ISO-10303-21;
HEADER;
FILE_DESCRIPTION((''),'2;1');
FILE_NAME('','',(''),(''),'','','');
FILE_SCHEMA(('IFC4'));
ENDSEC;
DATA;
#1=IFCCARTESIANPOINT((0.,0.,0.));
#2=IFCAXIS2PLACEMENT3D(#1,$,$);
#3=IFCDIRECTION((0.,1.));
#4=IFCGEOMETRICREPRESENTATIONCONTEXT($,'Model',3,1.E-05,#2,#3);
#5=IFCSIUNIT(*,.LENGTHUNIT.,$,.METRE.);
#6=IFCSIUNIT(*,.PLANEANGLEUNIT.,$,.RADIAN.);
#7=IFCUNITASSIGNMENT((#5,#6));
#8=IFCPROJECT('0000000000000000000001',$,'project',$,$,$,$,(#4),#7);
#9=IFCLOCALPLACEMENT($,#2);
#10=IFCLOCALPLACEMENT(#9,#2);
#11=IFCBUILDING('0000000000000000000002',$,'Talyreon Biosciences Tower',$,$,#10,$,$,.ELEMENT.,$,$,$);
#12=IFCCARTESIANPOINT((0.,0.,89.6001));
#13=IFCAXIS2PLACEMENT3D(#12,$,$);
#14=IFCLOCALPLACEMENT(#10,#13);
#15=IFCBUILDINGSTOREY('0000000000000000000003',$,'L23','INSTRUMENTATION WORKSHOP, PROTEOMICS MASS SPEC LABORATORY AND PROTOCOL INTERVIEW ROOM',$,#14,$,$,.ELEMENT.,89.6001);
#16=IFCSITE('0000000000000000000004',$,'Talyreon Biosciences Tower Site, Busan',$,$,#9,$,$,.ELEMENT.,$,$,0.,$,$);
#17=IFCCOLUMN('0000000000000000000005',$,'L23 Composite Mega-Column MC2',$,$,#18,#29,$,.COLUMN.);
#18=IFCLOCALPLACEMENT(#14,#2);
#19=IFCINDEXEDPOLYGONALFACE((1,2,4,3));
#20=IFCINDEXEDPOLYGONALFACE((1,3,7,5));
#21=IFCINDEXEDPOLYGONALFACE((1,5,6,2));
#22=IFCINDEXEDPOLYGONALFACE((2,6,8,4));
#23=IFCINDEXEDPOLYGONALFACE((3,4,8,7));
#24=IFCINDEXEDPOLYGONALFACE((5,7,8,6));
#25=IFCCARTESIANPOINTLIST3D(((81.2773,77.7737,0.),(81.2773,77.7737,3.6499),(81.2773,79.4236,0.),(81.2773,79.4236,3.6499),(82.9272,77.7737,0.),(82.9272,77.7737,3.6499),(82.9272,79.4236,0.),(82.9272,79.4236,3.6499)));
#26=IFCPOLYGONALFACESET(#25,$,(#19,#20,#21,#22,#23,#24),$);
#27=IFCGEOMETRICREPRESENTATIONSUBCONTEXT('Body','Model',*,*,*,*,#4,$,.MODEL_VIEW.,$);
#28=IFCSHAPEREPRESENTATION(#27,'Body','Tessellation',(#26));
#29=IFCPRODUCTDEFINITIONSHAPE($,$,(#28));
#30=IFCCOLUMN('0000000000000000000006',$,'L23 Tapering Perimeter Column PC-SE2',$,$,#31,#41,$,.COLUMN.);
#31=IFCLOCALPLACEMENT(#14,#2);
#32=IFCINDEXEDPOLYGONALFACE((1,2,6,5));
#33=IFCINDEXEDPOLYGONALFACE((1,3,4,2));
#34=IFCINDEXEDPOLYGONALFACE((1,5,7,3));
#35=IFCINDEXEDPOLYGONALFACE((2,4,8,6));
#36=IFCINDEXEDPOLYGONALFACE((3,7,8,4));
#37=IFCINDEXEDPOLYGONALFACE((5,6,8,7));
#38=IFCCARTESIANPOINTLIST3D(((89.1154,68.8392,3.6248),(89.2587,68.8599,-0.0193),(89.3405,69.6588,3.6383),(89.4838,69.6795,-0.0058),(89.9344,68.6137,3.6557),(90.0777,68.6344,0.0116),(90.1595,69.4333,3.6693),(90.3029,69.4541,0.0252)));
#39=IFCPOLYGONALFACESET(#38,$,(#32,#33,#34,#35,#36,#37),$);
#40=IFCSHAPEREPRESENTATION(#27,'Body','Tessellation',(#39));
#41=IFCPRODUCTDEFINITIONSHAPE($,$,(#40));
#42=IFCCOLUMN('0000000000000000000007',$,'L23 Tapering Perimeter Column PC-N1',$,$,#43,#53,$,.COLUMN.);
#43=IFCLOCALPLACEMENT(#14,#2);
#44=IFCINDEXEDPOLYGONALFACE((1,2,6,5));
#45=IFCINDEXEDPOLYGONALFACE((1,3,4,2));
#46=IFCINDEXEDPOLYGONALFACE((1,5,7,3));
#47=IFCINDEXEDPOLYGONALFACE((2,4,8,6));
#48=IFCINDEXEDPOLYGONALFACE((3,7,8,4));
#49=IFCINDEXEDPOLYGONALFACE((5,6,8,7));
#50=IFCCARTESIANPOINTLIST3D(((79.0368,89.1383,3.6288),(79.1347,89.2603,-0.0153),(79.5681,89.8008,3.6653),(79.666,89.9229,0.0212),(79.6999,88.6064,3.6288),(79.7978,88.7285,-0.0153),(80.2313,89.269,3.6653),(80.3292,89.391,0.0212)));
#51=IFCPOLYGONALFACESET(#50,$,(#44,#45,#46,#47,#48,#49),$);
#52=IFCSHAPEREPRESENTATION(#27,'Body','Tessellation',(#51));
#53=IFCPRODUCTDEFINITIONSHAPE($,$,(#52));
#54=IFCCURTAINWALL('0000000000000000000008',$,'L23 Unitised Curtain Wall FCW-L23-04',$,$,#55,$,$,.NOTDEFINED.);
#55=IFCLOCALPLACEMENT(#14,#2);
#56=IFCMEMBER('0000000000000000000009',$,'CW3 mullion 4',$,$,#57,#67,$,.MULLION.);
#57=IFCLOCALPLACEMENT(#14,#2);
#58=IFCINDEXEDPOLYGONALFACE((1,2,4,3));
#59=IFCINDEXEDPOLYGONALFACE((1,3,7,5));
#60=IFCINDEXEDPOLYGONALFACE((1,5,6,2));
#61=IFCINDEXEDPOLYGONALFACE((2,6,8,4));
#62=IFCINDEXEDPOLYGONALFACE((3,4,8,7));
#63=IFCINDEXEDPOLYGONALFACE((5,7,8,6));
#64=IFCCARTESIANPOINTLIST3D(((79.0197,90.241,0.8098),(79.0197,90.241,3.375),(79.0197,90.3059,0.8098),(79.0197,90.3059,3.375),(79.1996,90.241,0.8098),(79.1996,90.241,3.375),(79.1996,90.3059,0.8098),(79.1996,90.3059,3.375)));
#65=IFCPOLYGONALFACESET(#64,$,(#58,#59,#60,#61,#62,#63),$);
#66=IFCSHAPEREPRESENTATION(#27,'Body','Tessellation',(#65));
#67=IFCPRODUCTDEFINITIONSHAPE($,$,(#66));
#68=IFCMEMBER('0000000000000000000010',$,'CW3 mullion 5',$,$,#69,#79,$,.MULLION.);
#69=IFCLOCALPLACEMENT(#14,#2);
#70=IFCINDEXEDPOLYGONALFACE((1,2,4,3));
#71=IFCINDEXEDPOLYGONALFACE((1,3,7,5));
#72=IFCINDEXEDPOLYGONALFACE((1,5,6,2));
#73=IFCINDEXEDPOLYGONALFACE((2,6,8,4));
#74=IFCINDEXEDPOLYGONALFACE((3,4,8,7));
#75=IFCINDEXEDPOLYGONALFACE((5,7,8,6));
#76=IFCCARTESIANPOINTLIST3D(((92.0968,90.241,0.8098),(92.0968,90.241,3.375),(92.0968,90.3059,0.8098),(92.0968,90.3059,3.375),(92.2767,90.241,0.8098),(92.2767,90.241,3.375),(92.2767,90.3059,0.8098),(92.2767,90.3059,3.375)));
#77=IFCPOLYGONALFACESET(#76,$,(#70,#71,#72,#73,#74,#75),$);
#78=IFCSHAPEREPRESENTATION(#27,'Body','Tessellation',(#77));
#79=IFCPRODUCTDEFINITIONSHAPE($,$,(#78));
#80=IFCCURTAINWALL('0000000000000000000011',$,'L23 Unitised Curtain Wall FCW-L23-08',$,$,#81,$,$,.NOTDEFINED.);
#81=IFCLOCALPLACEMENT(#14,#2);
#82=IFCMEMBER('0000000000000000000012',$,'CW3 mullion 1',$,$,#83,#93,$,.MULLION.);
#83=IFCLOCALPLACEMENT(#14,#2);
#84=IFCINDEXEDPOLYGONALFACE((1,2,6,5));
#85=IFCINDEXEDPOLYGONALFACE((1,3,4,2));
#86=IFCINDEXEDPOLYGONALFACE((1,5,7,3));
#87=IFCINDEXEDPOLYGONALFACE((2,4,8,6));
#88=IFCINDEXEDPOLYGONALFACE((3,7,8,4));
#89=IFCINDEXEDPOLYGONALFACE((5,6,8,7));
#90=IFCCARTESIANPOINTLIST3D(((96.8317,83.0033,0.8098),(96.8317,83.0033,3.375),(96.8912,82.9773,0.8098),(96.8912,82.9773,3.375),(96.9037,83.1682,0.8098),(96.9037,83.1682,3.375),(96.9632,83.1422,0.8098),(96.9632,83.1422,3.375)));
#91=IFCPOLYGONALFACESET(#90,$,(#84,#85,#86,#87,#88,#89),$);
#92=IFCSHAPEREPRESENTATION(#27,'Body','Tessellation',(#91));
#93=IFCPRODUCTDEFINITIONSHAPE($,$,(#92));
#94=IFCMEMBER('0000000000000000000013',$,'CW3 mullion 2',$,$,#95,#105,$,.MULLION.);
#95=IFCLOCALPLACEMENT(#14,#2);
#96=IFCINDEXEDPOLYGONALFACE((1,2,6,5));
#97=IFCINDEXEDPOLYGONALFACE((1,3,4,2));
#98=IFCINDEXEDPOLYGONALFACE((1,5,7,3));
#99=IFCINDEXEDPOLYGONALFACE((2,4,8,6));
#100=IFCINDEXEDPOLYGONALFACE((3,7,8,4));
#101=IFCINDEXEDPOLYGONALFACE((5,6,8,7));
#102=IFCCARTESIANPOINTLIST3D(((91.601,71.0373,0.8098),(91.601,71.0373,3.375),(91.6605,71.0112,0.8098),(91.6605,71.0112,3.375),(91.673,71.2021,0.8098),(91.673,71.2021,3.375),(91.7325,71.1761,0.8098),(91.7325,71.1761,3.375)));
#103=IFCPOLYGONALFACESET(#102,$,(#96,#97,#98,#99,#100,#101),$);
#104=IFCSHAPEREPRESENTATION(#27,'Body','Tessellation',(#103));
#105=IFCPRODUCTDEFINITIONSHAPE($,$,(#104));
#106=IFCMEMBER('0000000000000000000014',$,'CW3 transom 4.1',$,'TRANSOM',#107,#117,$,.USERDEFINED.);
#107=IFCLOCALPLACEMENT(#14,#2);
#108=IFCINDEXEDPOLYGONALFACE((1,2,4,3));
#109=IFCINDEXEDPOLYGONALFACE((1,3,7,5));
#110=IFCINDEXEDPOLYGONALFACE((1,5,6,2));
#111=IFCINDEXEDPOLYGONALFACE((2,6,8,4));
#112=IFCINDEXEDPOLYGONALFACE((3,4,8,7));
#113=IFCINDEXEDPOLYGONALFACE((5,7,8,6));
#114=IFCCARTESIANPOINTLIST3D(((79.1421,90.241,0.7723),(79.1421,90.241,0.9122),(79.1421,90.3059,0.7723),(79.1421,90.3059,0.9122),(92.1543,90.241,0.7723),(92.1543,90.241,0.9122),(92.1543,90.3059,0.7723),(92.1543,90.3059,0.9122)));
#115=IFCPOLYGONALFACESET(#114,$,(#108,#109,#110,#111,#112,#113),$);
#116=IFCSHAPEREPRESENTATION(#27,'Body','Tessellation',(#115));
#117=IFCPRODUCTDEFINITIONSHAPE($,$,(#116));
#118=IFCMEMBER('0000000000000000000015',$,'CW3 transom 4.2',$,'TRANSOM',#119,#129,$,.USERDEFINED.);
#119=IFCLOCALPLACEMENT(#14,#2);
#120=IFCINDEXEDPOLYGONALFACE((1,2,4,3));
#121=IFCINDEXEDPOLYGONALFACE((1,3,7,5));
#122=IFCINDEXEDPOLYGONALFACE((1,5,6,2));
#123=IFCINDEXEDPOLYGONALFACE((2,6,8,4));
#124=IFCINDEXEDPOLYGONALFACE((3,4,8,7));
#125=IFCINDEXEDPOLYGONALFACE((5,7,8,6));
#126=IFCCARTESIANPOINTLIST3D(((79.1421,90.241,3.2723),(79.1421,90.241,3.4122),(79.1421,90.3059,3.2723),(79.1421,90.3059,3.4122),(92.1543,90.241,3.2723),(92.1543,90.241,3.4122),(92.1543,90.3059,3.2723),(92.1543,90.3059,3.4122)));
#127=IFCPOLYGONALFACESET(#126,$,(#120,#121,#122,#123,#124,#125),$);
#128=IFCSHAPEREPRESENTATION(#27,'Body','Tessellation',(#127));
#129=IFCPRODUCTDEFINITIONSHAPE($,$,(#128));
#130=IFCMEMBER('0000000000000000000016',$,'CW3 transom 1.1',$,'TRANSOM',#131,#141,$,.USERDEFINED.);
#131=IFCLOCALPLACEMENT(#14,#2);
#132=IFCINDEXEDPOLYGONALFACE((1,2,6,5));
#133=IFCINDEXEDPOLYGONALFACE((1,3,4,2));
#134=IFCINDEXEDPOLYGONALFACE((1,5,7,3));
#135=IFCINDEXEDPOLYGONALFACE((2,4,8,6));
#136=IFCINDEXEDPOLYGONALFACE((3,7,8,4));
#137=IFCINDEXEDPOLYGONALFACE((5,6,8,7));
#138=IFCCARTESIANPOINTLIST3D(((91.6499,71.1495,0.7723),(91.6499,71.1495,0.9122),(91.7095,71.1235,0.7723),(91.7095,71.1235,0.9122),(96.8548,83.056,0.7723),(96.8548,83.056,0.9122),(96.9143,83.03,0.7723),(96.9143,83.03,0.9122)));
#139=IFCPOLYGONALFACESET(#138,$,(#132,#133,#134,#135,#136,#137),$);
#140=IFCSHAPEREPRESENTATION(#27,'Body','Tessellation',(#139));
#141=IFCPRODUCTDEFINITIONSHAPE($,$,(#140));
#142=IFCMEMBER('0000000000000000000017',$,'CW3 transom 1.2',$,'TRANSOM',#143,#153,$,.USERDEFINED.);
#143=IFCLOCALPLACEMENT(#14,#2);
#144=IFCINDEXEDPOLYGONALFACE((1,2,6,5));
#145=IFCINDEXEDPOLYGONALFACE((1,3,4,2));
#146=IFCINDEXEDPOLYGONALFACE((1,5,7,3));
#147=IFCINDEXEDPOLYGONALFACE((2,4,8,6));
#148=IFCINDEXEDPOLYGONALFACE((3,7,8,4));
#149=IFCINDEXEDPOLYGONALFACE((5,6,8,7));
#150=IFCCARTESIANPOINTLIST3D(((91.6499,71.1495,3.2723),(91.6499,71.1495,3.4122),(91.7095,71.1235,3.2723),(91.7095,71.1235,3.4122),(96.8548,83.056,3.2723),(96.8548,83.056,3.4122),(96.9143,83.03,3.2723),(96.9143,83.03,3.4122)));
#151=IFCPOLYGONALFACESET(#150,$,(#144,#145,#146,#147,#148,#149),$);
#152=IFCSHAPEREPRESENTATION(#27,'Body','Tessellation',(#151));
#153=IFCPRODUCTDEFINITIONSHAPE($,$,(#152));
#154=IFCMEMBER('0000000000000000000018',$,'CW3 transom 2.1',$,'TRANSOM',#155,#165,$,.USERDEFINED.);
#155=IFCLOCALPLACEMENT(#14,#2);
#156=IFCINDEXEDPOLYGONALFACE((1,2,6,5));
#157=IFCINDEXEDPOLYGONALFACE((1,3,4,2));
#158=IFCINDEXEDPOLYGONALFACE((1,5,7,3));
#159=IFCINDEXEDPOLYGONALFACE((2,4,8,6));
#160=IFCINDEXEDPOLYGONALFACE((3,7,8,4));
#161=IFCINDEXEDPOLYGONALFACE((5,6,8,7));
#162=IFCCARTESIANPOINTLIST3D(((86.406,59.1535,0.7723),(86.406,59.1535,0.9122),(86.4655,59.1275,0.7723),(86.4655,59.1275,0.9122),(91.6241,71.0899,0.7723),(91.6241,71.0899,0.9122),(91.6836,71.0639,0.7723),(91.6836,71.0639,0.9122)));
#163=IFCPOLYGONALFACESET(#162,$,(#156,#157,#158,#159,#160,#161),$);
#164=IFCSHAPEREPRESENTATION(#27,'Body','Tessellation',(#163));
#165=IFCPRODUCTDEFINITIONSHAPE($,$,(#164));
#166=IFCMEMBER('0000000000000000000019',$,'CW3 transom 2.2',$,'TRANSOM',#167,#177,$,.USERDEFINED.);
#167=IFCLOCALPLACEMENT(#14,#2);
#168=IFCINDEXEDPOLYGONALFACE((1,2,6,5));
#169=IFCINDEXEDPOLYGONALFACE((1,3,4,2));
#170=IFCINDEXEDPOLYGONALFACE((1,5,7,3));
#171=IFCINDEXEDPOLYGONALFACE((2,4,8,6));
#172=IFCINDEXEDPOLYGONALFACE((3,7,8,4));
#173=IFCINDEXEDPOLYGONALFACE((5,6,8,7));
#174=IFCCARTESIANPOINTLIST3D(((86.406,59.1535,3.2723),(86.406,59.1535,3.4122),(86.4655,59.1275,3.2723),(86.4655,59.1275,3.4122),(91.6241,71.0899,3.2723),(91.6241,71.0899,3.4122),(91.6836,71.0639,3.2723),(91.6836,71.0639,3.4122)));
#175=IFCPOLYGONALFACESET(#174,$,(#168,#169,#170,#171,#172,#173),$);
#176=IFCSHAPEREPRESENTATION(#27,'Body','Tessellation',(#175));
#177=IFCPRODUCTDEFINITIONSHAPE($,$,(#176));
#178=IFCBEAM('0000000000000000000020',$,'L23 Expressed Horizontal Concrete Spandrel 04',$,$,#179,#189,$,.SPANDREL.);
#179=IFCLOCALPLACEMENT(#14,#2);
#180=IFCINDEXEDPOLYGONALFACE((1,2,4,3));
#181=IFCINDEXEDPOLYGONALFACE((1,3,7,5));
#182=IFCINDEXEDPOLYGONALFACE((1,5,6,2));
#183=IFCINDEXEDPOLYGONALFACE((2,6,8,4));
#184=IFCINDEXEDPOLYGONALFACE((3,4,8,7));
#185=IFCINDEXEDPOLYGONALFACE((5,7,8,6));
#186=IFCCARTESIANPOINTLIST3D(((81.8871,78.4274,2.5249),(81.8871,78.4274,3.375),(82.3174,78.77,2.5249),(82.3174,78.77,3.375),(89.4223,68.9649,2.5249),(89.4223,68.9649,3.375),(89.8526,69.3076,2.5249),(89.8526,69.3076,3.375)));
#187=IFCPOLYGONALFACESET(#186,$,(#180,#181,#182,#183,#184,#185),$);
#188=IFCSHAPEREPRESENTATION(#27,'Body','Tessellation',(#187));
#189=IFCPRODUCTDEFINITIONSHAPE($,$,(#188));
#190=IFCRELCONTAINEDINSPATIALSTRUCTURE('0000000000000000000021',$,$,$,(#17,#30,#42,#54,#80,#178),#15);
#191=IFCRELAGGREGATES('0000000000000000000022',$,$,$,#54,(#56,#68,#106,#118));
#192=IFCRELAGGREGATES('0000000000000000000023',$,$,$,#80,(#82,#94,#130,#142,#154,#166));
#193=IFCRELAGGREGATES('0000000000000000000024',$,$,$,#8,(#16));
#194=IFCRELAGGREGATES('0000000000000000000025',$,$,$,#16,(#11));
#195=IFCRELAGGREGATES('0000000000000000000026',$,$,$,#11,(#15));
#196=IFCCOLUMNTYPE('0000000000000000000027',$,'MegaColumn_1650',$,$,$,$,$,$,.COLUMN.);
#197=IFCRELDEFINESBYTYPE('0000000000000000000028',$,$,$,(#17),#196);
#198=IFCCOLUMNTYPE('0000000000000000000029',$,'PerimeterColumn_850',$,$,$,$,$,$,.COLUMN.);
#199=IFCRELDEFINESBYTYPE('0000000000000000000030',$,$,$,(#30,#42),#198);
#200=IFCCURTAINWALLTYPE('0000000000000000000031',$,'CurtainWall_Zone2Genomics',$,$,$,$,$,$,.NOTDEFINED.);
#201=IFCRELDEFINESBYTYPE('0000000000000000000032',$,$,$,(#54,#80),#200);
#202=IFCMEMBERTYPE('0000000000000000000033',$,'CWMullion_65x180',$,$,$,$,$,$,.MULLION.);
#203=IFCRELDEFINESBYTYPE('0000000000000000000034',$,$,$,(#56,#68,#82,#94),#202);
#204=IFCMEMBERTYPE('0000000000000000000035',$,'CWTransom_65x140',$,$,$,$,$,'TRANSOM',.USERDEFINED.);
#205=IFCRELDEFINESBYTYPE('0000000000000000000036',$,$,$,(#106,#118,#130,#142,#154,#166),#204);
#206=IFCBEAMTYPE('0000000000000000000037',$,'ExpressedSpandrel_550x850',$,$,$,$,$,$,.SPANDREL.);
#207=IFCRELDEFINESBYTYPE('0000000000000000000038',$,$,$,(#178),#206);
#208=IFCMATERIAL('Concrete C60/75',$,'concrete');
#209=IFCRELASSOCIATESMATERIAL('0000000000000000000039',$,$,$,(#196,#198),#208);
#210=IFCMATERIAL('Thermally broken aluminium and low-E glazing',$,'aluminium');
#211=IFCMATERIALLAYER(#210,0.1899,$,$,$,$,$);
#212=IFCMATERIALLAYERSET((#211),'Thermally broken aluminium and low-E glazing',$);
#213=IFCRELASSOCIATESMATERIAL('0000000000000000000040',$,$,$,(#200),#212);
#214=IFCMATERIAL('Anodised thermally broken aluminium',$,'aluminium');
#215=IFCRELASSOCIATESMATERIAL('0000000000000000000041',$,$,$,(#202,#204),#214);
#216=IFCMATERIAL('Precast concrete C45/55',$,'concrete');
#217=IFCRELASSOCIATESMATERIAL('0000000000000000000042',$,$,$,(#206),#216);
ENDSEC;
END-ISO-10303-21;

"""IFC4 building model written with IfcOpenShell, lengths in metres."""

from ifc_helpers import new_model, si_unit, direction, frame, origin, origin_2d, place, context, subcontext, project, spatial, rectangle, extrude, material, layer, layer_set, material_profile, profile_set, type_object, element, aggregate, save


model = new_model("IFC4")

# Units and contexts
model_context = context("Model", 3, precision=1e-05, world=origin(), true_north=direction((0.0, 1.0)))
body_context = subcontext(model_context, "Body", "Model", "MODEL_VIEW")
ifc_project = project(units=[si_unit("LENGTHUNIT", "METRE"), si_unit("PLANEANGLEUNIT", "RADIAN")], contexts=[model_context])

# Site, building, storey
site_placement = place(None, origin())
site = spatial("IfcSite", under=ifc_project, at=site_placement, Name="Talyreon Biosciences Tower Site, Busan", CompositionType="ELEMENT", RefElevation=0.0)
building_placement = place(site_placement, origin())
building = spatial("IfcBuilding", under=site, at=building_placement, Name="Talyreon Biosciences Tower", CompositionType="ELEMENT")
storey_placement = place(building_placement, frame((0.0, 0.0, 89.6001)))
storey = spatial("IfcBuildingStorey", under=building, at=storey_placement, Name="L23", Description="INSTRUMENTATION WORKSHOP, PROTEOMICS MASS SPEC LABORATORY AND PROTOCOL INTERVIEW ROOM", CompositionType="ELEMENT", Elevation=89.6001)

# Columns
ifc_material_1 = material(Name="Concrete C60/75", Category="concrete")
ifc_material_profile_1 = material_profile(ifc_material_1, rectangle(XDim=1.6499, YDim=1.6499, at=origin_2d()), Name="RC 1650x1650")
ifc_profile_set_1 = profile_set([ifc_material_profile_1], Name="Concrete C60/75")
column_type_1 = type_object("IfcColumnType", Name="MegaColumn_1650", PredefinedType="COLUMN", material=ifc_profile_set_1)
column_1_placement = place(storey_placement, frame((82.1023, 78.5986, 0.0), z_axis=(0.0, 0.0, 1.0), x_axis=(1.0, 0.0, 0.0)))
element("IfcColumn", 1, at=column_1_placement, inside=storey, type_object=column_type_1, Name="L23 Composite Mega-Column MC2", PredefinedType="COLUMN", context=body_context, shape_type="SweptSolid", body=[
    extrude(rectangle(XDim=1.6499, YDim=1.6499, at=origin_2d()), origin(), (0.0, 0.0, 1.0), 3.6499),
])
ifc_material_profile_2 = material_profile(ifc_material_1, rectangle(XDim=0.8501, YDim=0.8501, at=origin_2d()), Name="RC 850x850")
ifc_profile_set_2 = profile_set([ifc_material_profile_2], Name="Concrete C60/75")
column_type_2 = type_object("IfcColumnType", Name="PerimeterColumn_850", PredefinedType="COLUMN", material=ifc_profile_set_2)
column_2_placement = place(storey_placement, frame((89.7808, 69.157, 0.0029), z_axis=(-0.039296, -0.00569, 0.999211), x_axis=(0.963493, -0.265249, 0.036381)))
element("IfcColumn", 2, at=column_2_placement, inside=storey, type_object=column_type_2, Name="L23 Tapering Perimeter Column PC-SE2", PredefinedType="COLUMN", context=body_context, shape_type="SweptSolid", body=[
    extrude(rectangle(XDim=0.8501, YDim=0.8501, at=origin_2d()), origin(), (0.0, 0.0, 1.0), 3.647),
])
column_3_placement = place(storey_placement, frame((79.7319, 89.3257, 0.0029), z_axis=(-0.026841, -0.033468, 0.999079), x_axis=(-0.780107, 0.625646, 0.0)))
element("IfcColumn", 3, at=column_3_placement, inside=storey, type_object=column_type_2, Name="L23 Tapering Perimeter Column PC-N1", PredefinedType="COLUMN", context=body_context, shape_type="SweptSolid", body=[
    extrude(rectangle(XDim=0.8501, YDim=0.8501, at=origin_2d()), origin(), (0.0, 0.0, 1.0), 3.6475),
])

# Curtain walls, members
ifc_material_2 = material(Name="Thermally broken aluminium and low-E glazing", Category="aluminium")
ifc_layer_1 = layer(ifc_material_2, 0.1899)
ifc_layer_set_1 = layer_set([ifc_layer_1], Name="Thermally broken aluminium and low-E glazing")
curtain_wall_type = type_object("IfcCurtainWallType", Name="CurtainWall_Zone2Genomics", PredefinedType="NOTDEFINED", material=ifc_layer_set_1)
curtain_wall_1_placement = place(storey_placement, origin())
curtain_wall_1 = element("IfcCurtainWall", 4, at=curtain_wall_1_placement, inside=storey, type_object=curtain_wall_type, Name="L23 Unitised Curtain Wall FCW-L23-04", PredefinedType="NOTDEFINED")
ifc_material_3 = material(Name="Anodised thermally broken aluminium", Category="aluminium")
ifc_material_profile_3 = material_profile(ifc_material_3, rectangle(XDim=0.0649, YDim=0.1799, at=origin_2d()), Name="ALUM MULLION 65x180")
ifc_profile_set_3 = profile_set([ifc_material_profile_3], Name="Anodised thermally broken aluminium")
member_type_1 = type_object("IfcMemberType", Name="CWMullion_65x180", PredefinedType="MULLION", material=ifc_profile_set_3)
member_1_placement = place(storey_placement, frame((79.1096, 90.2734, 0.8098), z_axis=(0.0, 0.0, 1.0), x_axis=(0.0, 1.0, 0.0)))
member_1 = element("IfcMember", 5, at=member_1_placement, type_object=member_type_1, Name="CW3 mullion 4", PredefinedType="MULLION", context=body_context, shape_type="SweptSolid", body=[
    extrude(rectangle(XDim=0.0649, YDim=0.1799, at=origin_2d()), origin(), (0.0, 0.0, 1.0), 2.5652),
])
member_2_placement = place(storey_placement, frame((92.1868, 90.2734, 0.8098), z_axis=(0.0, 0.0, 1.0), x_axis=(0.0, 1.0, 0.0)))
member_2 = element("IfcMember", 6, at=member_2_placement, type_object=member_type_1, Name="CW3 mullion 5", PredefinedType="MULLION", context=body_context, shape_type="SweptSolid", body=[
    extrude(rectangle(XDim=0.0649, YDim=0.1799, at=origin_2d()), origin(), (0.0, 0.0, 1.0), 2.5652),
])
curtain_wall_2_placement = place(storey_placement, origin())
curtain_wall_2 = element("IfcCurtainWall", 7, at=curtain_wall_2_placement, inside=storey, type_object=curtain_wall_type, Name="L23 Unitised Curtain Wall FCW-L23-08", PredefinedType="NOTDEFINED")
member_3_placement = place(storey_placement, frame((96.8975, 83.0728, 0.8098), z_axis=(0.0, 0.0, 1.0), x_axis=(0.916278, -0.400542, 0.0)))
member_3 = element("IfcMember", 8, at=member_3_placement, type_object=member_type_1, Name="CW3 mullion 1", PredefinedType="MULLION", context=body_context, shape_type="SweptSolid", body=[
    extrude(rectangle(XDim=0.0649, YDim=0.1799, at=origin_2d()), origin(), (0.0, 0.0, 1.0), 2.5652),
])
member_4_placement = place(storey_placement, frame((91.6667, 71.1067, 0.8098), z_axis=(0.0, 0.0, 1.0), x_axis=(0.916278, -0.400542, 0.0)))
member_4 = element("IfcMember", 9, at=member_4_placement, type_object=member_type_1, Name="CW3 mullion 2", PredefinedType="MULLION", context=body_context, shape_type="SweptSolid", body=[
    extrude(rectangle(XDim=0.0649, YDim=0.1799, at=origin_2d()), origin(), (0.0, 0.0, 1.0), 2.5652),
])

# Members
ifc_material_profile_4 = material_profile(ifc_material_3, rectangle(XDim=0.0649, YDim=0.1399, at=origin_2d()), Name="ALUM TRANSOM 65x140")
ifc_profile_set_4 = profile_set([ifc_material_profile_4], Name="Anodised thermally broken aluminium")
member_type_2 = type_object("IfcMemberType", Name="CWTransom_65x140", ElementType="TRANSOM", PredefinedType="USERDEFINED", material=ifc_profile_set_4)
member_5_placement = place(storey_placement, frame((79.1421, 90.2734, 0.8423), z_axis=(1.0, 0.0, 0.0), x_axis=(0.0, 1.0, 0.0)))
member_5 = element("IfcMember", 10, at=member_5_placement, type_object=member_type_2, Name="CW3 transom 4.1", ObjectType="TRANSOM", PredefinedType="USERDEFINED", context=body_context, shape_type="SweptSolid", body=[
    extrude(rectangle(XDim=0.0649, YDim=0.1399, at=origin_2d()), origin(), (0.0, 0.0, 1.0), 13.0122),
])
member_6_placement = place(storey_placement, frame((79.1421, 90.2734, 3.3423), z_axis=(1.0, 0.0, 0.0), x_axis=(0.0, 1.0, 0.0)))
member_6 = element("IfcMember", 11, at=member_6_placement, type_object=member_type_2, Name="CW3 transom 4.2", ObjectType="TRANSOM", PredefinedType="USERDEFINED", context=body_context, shape_type="SweptSolid", body=[
    extrude(rectangle(XDim=0.0649, YDim=0.1399, at=origin_2d()), origin(), (0.0, 0.0, 1.0), 13.0122),
])
member_7_placement = place(storey_placement, frame((96.8845, 83.043, 0.8423), z_axis=(-0.400544, -0.916278, 0.0), x_axis=(0.916278, -0.400544, 0.0)))
member_7 = element("IfcMember", 12, at=member_7_placement, type_object=member_type_2, Name="CW3 transom 1.1", ObjectType="TRANSOM", PredefinedType="USERDEFINED", context=body_context, shape_type="SweptSolid", body=[
    extrude(rectangle(XDim=0.0649, YDim=0.1399, at=origin_2d()), origin(), (0.0, 0.0, 1.0), 12.9944),
])
member_8_placement = place(storey_placement, frame((96.8845, 83.043, 3.3423), z_axis=(-0.400544, -0.916278, 0.0), x_axis=(0.916278, -0.400544, 0.0)))
member_8 = element("IfcMember", 13, at=member_8_placement, type_object=member_type_2, Name="CW3 transom 1.2", ObjectType="TRANSOM", PredefinedType="USERDEFINED", context=body_context, shape_type="SweptSolid", body=[
    extrude(rectangle(XDim=0.0649, YDim=0.1399, at=origin_2d()), origin(), (0.0, 0.0, 1.0), 12.9944),
])
member_9_placement = place(storey_placement, frame((91.6538, 71.0769, 0.8423), z_axis=(-0.400554, -0.916273, 0.0), x_axis=(0.916273, -0.400554, 0.0)))
member_9 = element("IfcMember", 14, at=member_9_placement, type_object=member_type_2, Name="CW3 transom 2.1", ObjectType="TRANSOM", PredefinedType="USERDEFINED", context=body_context, shape_type="SweptSolid", body=[
    extrude(rectangle(XDim=0.0649, YDim=0.1399, at=origin_2d()), origin(), (0.0, 0.0, 1.0), 13.0271),
])
member_10_placement = place(storey_placement, frame((91.6538, 71.0769, 3.3423), z_axis=(-0.400554, -0.916273, 0.0), x_axis=(0.916273, -0.400554, 0.0)))
member_10 = element("IfcMember", 15, at=member_10_placement, type_object=member_type_2, Name="CW3 transom 2.2", ObjectType="TRANSOM", PredefinedType="USERDEFINED", context=body_context, shape_type="SweptSolid", body=[
    extrude(rectangle(XDim=0.0649, YDim=0.1399, at=origin_2d()), origin(), (0.0, 0.0, 1.0), 13.0271),
])

# Beam
ifc_material_4 = material(Name="Precast concrete C45/55", Category="concrete")
ifc_material_profile_5 = material_profile(ifc_material_4, rectangle(XDim=0.55, YDim=0.8501, at=origin_2d()), Name="RCB 550x850")
ifc_profile_set_5 = profile_set([ifc_material_profile_5], Name="Precast concrete C45/55")
beam_type_1 = type_object("IfcBeamType", Name="ExpressedSpandrel_550x850", PredefinedType="SPANDREL", material=ifc_profile_set_5)
beam_1_placement = place(storey_placement, frame((89.6375, 69.1362, 2.95), z_axis=(-0.622941, 0.782269, 0.0), x_axis=(-0.782269, -0.622941, 0.0)))
element("IfcBeam", 16, at=beam_1_placement, inside=storey, type_object=beam_type_1, Name="L23 Expressed Horizontal Concrete Spandrel 04", PredefinedType="SPANDREL", context=body_context, shape_type="SweptSolid", body=[
    extrude(rectangle(XDim=0.55, YDim=0.8501, at=origin_2d()), origin(), (0.0, 0.0, 1.0), 12.0962),
])

aggregate(curtain_wall_1, [member_1, member_2, member_5, member_6])
aggregate(curtain_wall_2, [member_3, member_4, member_7, member_8, member_9, member_10])

save(model, "model.ifc")
